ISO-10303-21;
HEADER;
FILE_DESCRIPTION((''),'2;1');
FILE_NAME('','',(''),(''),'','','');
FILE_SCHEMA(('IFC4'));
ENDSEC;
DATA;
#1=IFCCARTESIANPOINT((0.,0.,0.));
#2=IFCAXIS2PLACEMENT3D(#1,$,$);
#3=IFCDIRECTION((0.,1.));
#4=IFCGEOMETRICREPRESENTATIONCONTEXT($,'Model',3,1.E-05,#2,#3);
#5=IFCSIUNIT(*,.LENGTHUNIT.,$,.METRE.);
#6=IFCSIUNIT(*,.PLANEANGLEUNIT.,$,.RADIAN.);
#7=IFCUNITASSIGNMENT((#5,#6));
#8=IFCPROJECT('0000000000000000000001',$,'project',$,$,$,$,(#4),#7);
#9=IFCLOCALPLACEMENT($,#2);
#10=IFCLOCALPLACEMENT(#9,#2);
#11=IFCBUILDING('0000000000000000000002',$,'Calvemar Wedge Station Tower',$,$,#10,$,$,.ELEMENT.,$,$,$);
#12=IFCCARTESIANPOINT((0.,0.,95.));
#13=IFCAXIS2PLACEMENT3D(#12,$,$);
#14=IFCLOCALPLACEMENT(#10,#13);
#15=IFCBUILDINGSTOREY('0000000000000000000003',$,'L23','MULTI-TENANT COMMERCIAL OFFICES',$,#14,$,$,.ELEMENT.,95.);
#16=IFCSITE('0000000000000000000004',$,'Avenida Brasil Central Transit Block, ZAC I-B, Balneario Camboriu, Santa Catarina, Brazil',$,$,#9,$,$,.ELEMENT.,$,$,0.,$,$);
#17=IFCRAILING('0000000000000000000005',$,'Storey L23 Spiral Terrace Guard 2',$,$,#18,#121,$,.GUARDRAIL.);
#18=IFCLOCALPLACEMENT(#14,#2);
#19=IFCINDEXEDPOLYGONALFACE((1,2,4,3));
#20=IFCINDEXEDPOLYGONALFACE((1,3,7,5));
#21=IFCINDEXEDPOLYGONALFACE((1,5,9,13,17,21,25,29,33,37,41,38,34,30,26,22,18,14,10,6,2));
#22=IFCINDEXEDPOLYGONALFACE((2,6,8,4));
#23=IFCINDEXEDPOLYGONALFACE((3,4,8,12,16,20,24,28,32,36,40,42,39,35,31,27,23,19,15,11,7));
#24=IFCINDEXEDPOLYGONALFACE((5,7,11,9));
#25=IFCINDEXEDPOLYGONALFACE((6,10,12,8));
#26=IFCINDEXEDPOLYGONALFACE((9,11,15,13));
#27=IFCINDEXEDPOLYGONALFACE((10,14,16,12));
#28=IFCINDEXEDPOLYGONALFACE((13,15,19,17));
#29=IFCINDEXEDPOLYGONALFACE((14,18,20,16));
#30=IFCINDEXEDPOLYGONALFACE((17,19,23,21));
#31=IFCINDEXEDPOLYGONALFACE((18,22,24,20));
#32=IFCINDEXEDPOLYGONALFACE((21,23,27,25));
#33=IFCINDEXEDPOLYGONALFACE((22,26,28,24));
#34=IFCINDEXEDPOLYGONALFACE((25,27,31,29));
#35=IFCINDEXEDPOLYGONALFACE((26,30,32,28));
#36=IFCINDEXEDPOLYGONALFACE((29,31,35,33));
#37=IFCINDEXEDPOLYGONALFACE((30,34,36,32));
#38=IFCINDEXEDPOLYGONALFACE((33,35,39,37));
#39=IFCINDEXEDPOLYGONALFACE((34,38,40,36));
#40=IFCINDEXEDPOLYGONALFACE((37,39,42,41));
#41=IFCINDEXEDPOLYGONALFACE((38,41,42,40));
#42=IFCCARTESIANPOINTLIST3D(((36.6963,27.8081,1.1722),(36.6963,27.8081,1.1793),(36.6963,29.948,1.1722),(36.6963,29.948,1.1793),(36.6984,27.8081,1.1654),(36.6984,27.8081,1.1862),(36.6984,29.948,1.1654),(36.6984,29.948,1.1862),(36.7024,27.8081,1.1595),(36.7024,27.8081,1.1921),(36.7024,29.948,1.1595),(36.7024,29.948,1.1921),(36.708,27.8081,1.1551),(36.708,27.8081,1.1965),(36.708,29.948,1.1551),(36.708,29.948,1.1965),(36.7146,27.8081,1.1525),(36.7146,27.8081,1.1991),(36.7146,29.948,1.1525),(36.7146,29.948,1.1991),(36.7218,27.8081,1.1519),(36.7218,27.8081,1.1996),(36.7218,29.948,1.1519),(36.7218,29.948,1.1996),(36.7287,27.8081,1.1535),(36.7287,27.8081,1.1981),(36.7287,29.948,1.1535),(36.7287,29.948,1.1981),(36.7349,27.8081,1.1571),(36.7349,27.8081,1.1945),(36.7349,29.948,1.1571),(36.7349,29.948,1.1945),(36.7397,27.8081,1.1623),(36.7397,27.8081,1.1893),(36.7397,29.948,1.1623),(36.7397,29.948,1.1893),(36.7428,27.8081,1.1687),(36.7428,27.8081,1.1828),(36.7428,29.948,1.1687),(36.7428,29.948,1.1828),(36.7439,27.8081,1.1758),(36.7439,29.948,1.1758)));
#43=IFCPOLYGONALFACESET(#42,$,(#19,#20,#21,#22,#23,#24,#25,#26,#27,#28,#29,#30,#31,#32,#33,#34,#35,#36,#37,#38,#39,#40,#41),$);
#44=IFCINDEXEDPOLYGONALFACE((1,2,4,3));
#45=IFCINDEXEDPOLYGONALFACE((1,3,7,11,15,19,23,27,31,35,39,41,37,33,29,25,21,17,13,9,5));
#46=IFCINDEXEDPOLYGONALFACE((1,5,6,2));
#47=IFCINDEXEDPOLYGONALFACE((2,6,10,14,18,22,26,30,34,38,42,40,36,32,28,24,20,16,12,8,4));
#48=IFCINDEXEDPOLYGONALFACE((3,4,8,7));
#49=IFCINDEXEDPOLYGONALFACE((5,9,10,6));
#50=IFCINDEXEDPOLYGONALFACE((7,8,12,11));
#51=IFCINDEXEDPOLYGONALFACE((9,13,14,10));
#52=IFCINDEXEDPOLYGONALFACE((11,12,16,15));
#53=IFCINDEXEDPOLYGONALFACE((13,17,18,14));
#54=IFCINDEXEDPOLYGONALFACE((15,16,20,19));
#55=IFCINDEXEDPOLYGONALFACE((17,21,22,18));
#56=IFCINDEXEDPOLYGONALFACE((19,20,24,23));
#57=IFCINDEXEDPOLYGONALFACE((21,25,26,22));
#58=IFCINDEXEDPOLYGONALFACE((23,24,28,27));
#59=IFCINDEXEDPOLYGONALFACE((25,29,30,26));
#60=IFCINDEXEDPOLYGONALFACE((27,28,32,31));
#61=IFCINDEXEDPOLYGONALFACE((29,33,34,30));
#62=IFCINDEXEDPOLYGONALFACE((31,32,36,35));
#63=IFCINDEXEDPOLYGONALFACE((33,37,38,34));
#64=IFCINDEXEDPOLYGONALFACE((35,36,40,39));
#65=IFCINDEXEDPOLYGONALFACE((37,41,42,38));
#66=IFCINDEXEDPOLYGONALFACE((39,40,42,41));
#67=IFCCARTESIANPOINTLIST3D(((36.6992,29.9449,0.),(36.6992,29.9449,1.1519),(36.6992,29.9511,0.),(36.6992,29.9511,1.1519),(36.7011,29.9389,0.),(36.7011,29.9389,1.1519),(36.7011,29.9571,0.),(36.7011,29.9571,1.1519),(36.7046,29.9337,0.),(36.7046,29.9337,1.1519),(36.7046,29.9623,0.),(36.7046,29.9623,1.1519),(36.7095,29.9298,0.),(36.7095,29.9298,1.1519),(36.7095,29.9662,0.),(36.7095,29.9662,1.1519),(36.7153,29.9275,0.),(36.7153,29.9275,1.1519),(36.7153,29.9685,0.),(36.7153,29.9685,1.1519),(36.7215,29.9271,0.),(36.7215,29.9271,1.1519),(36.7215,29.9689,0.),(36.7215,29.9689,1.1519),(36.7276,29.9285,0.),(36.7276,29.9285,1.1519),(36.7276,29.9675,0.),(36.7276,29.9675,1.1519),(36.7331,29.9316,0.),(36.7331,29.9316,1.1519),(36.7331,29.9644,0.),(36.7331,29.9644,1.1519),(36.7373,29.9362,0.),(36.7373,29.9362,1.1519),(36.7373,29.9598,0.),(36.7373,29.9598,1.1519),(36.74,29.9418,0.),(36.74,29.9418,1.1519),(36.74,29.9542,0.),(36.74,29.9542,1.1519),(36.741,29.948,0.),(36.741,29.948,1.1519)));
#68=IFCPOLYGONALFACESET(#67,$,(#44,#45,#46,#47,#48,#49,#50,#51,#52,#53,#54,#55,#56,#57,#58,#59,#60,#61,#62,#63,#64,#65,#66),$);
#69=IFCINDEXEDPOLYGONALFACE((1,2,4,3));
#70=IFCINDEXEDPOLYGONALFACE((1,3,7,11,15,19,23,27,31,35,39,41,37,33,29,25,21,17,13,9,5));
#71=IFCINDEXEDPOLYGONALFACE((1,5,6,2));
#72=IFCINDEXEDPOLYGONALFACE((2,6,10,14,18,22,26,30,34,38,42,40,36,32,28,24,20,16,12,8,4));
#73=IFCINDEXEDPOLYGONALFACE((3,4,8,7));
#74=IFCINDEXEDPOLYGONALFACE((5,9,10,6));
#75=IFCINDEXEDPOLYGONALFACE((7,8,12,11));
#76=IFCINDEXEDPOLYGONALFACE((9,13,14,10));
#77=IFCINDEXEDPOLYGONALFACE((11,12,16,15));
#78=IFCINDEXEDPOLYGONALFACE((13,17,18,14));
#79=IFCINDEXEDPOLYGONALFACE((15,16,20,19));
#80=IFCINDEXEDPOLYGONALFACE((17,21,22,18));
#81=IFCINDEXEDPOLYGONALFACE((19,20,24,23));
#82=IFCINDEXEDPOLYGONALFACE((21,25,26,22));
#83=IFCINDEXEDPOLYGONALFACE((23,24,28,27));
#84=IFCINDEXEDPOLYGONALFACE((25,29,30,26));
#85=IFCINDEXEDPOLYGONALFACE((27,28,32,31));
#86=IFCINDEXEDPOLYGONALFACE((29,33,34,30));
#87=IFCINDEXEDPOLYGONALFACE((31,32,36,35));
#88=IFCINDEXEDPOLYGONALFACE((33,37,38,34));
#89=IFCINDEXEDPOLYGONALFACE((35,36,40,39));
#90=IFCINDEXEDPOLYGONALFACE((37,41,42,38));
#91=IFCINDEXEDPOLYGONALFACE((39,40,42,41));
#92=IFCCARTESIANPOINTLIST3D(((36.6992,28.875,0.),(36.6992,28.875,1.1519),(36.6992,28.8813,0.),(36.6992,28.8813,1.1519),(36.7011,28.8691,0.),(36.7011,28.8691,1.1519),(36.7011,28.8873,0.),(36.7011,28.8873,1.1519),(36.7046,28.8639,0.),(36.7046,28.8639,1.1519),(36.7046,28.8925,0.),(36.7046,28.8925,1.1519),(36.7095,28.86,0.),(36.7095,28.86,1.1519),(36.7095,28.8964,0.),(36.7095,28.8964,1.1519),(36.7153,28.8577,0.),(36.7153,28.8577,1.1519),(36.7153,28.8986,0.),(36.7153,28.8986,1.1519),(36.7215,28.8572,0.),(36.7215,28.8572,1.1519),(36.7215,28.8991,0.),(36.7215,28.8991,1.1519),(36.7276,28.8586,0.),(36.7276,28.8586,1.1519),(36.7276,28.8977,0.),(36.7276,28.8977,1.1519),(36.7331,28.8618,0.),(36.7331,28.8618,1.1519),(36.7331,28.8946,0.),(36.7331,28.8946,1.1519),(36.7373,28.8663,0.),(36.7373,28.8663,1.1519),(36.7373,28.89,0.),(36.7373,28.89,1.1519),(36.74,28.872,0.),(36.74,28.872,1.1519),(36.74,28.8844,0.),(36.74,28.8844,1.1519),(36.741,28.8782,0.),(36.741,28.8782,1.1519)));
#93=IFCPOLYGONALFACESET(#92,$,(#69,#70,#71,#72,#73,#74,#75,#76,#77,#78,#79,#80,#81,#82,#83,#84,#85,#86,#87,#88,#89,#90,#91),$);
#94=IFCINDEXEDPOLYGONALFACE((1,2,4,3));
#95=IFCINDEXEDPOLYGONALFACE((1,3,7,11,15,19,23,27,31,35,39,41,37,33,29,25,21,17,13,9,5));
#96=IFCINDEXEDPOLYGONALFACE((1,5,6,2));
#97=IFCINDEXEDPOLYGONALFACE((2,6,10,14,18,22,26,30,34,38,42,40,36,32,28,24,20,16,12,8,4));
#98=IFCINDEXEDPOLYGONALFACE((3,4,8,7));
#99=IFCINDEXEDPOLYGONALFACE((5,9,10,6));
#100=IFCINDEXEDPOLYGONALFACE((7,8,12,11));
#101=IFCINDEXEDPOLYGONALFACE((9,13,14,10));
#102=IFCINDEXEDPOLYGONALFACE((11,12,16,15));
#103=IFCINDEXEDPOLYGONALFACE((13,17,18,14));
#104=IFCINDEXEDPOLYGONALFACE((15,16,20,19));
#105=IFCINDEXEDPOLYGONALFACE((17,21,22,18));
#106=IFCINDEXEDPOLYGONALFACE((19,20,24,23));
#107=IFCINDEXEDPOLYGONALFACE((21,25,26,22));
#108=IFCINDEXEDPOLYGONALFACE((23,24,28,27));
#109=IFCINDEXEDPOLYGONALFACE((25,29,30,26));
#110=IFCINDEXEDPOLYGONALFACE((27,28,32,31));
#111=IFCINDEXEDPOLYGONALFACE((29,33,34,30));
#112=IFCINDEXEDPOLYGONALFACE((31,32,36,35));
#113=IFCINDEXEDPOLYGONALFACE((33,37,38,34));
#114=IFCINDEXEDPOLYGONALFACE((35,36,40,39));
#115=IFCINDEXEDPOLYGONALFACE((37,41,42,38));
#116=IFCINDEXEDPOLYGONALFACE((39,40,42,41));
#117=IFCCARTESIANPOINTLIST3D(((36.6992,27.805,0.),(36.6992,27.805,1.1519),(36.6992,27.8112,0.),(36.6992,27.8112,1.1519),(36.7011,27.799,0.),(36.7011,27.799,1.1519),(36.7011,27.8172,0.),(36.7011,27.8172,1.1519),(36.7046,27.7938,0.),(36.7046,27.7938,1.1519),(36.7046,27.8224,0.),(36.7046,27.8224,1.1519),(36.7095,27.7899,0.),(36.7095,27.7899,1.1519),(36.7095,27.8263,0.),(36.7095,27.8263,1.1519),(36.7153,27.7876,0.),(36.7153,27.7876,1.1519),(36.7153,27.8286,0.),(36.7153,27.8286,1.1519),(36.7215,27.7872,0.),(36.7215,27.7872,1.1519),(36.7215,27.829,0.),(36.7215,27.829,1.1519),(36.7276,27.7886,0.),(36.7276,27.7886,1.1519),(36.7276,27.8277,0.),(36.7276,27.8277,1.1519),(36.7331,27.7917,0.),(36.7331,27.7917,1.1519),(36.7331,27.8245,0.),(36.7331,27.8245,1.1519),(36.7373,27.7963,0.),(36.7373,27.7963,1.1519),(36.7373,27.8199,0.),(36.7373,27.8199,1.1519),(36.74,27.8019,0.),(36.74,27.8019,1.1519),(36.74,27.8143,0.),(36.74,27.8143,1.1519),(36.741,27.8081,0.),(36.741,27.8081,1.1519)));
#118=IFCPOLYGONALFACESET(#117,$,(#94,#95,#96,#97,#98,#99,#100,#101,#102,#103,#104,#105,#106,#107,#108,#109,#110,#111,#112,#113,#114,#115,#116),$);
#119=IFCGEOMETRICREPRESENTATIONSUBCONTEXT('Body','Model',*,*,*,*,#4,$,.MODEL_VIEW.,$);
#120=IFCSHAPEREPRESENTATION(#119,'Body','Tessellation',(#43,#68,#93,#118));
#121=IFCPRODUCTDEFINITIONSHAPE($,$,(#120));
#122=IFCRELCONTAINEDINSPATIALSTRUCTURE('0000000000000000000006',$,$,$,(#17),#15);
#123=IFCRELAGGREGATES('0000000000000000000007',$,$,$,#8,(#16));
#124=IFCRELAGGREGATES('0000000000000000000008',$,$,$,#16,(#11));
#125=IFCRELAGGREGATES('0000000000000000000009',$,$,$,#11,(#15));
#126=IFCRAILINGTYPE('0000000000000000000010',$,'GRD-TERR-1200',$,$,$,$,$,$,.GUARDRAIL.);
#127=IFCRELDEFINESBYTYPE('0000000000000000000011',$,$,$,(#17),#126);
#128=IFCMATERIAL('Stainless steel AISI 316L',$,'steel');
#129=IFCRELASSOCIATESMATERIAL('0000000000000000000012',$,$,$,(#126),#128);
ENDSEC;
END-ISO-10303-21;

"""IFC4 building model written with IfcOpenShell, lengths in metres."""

from ifc_helpers import new_model, si_unit, direction, frame, origin, origin_2d, place, context, subcontext, project, spatial, circle, extrude, material, type_object, element, save


model = new_model("IFC4")

# Units and contexts
model_context = context("Model", 3, precision=1e-05, world=origin(), true_north=direction((0.0, 1.0)))
body_context = subcontext(model_context, "Body", "Model", "MODEL_VIEW")
ifc_project = project(units=[si_unit("LENGTHUNIT", "METRE"), si_unit("PLANEANGLEUNIT", "RADIAN")], contexts=[model_context])

# Site, building, storey
site_placement = place(None, origin())
site = spatial("IfcSite", under=ifc_project, at=site_placement, Name="Avenida Brasil Central Transit Block, ZAC I-B, Balneario Camboriu, Santa Catarina, Brazil", CompositionType="ELEMENT", RefElevation=0.0)
building_placement = place(site_placement, origin())
building = spatial("IfcBuilding", under=site, at=building_placement, Name="Calvemar Wedge Station Tower", CompositionType="ELEMENT")
storey_placement = place(building_placement, frame((0.0, 0.0, 95.0)))
storey = spatial("IfcBuildingStorey", under=building, at=storey_placement, Name="L23", Description="MULTI-TENANT COMMERCIAL OFFICES", CompositionType="ELEMENT", Elevation=95.0)

# Railing
ifc_material_1 = material(Name="Stainless steel AISI 316L", Category="steel")
railing_type = type_object("IfcRailingType", Name="GRD-TERR-1200", PredefinedType="GUARDRAIL", material=ifc_material_1)
railing_1_placement = place(storey_placement, frame((36.72, 29.948, 0.0)))
element("IfcRailing", 1, at=railing_1_placement, inside=storey, type_object=railing_type, Name="Storey L23 Spiral Terrace Guard 2", PredefinedType="GUARDRAIL", context=body_context, shape_type="SweptSolid", body=[
    extrude(circle(Radius=0.0239, at=origin_2d()), frame((0.0, 0.0, 1.1758), z_axis=(0.0, -1.0, 0.0), x_axis=(1.0, 0.0, 0.0)), (0.0, 0.0, 1.0), 2.1399),
    extrude(circle(Radius=0.021, at=origin_2d()), origin(), (0.0, 0.0, 1.0), 1.1519),
    extrude(circle(Radius=0.021, at=origin_2d()), frame((0.0, -1.0698, 0.0)), (0.0, 0.0, 1.0), 1.1519),
    extrude(circle(Radius=0.021, at=origin_2d()), frame((0.0, -2.1399, 0.0)), (0.0, 0.0, 1.0), 1.1519),
])

save(model, "model.ifc")
